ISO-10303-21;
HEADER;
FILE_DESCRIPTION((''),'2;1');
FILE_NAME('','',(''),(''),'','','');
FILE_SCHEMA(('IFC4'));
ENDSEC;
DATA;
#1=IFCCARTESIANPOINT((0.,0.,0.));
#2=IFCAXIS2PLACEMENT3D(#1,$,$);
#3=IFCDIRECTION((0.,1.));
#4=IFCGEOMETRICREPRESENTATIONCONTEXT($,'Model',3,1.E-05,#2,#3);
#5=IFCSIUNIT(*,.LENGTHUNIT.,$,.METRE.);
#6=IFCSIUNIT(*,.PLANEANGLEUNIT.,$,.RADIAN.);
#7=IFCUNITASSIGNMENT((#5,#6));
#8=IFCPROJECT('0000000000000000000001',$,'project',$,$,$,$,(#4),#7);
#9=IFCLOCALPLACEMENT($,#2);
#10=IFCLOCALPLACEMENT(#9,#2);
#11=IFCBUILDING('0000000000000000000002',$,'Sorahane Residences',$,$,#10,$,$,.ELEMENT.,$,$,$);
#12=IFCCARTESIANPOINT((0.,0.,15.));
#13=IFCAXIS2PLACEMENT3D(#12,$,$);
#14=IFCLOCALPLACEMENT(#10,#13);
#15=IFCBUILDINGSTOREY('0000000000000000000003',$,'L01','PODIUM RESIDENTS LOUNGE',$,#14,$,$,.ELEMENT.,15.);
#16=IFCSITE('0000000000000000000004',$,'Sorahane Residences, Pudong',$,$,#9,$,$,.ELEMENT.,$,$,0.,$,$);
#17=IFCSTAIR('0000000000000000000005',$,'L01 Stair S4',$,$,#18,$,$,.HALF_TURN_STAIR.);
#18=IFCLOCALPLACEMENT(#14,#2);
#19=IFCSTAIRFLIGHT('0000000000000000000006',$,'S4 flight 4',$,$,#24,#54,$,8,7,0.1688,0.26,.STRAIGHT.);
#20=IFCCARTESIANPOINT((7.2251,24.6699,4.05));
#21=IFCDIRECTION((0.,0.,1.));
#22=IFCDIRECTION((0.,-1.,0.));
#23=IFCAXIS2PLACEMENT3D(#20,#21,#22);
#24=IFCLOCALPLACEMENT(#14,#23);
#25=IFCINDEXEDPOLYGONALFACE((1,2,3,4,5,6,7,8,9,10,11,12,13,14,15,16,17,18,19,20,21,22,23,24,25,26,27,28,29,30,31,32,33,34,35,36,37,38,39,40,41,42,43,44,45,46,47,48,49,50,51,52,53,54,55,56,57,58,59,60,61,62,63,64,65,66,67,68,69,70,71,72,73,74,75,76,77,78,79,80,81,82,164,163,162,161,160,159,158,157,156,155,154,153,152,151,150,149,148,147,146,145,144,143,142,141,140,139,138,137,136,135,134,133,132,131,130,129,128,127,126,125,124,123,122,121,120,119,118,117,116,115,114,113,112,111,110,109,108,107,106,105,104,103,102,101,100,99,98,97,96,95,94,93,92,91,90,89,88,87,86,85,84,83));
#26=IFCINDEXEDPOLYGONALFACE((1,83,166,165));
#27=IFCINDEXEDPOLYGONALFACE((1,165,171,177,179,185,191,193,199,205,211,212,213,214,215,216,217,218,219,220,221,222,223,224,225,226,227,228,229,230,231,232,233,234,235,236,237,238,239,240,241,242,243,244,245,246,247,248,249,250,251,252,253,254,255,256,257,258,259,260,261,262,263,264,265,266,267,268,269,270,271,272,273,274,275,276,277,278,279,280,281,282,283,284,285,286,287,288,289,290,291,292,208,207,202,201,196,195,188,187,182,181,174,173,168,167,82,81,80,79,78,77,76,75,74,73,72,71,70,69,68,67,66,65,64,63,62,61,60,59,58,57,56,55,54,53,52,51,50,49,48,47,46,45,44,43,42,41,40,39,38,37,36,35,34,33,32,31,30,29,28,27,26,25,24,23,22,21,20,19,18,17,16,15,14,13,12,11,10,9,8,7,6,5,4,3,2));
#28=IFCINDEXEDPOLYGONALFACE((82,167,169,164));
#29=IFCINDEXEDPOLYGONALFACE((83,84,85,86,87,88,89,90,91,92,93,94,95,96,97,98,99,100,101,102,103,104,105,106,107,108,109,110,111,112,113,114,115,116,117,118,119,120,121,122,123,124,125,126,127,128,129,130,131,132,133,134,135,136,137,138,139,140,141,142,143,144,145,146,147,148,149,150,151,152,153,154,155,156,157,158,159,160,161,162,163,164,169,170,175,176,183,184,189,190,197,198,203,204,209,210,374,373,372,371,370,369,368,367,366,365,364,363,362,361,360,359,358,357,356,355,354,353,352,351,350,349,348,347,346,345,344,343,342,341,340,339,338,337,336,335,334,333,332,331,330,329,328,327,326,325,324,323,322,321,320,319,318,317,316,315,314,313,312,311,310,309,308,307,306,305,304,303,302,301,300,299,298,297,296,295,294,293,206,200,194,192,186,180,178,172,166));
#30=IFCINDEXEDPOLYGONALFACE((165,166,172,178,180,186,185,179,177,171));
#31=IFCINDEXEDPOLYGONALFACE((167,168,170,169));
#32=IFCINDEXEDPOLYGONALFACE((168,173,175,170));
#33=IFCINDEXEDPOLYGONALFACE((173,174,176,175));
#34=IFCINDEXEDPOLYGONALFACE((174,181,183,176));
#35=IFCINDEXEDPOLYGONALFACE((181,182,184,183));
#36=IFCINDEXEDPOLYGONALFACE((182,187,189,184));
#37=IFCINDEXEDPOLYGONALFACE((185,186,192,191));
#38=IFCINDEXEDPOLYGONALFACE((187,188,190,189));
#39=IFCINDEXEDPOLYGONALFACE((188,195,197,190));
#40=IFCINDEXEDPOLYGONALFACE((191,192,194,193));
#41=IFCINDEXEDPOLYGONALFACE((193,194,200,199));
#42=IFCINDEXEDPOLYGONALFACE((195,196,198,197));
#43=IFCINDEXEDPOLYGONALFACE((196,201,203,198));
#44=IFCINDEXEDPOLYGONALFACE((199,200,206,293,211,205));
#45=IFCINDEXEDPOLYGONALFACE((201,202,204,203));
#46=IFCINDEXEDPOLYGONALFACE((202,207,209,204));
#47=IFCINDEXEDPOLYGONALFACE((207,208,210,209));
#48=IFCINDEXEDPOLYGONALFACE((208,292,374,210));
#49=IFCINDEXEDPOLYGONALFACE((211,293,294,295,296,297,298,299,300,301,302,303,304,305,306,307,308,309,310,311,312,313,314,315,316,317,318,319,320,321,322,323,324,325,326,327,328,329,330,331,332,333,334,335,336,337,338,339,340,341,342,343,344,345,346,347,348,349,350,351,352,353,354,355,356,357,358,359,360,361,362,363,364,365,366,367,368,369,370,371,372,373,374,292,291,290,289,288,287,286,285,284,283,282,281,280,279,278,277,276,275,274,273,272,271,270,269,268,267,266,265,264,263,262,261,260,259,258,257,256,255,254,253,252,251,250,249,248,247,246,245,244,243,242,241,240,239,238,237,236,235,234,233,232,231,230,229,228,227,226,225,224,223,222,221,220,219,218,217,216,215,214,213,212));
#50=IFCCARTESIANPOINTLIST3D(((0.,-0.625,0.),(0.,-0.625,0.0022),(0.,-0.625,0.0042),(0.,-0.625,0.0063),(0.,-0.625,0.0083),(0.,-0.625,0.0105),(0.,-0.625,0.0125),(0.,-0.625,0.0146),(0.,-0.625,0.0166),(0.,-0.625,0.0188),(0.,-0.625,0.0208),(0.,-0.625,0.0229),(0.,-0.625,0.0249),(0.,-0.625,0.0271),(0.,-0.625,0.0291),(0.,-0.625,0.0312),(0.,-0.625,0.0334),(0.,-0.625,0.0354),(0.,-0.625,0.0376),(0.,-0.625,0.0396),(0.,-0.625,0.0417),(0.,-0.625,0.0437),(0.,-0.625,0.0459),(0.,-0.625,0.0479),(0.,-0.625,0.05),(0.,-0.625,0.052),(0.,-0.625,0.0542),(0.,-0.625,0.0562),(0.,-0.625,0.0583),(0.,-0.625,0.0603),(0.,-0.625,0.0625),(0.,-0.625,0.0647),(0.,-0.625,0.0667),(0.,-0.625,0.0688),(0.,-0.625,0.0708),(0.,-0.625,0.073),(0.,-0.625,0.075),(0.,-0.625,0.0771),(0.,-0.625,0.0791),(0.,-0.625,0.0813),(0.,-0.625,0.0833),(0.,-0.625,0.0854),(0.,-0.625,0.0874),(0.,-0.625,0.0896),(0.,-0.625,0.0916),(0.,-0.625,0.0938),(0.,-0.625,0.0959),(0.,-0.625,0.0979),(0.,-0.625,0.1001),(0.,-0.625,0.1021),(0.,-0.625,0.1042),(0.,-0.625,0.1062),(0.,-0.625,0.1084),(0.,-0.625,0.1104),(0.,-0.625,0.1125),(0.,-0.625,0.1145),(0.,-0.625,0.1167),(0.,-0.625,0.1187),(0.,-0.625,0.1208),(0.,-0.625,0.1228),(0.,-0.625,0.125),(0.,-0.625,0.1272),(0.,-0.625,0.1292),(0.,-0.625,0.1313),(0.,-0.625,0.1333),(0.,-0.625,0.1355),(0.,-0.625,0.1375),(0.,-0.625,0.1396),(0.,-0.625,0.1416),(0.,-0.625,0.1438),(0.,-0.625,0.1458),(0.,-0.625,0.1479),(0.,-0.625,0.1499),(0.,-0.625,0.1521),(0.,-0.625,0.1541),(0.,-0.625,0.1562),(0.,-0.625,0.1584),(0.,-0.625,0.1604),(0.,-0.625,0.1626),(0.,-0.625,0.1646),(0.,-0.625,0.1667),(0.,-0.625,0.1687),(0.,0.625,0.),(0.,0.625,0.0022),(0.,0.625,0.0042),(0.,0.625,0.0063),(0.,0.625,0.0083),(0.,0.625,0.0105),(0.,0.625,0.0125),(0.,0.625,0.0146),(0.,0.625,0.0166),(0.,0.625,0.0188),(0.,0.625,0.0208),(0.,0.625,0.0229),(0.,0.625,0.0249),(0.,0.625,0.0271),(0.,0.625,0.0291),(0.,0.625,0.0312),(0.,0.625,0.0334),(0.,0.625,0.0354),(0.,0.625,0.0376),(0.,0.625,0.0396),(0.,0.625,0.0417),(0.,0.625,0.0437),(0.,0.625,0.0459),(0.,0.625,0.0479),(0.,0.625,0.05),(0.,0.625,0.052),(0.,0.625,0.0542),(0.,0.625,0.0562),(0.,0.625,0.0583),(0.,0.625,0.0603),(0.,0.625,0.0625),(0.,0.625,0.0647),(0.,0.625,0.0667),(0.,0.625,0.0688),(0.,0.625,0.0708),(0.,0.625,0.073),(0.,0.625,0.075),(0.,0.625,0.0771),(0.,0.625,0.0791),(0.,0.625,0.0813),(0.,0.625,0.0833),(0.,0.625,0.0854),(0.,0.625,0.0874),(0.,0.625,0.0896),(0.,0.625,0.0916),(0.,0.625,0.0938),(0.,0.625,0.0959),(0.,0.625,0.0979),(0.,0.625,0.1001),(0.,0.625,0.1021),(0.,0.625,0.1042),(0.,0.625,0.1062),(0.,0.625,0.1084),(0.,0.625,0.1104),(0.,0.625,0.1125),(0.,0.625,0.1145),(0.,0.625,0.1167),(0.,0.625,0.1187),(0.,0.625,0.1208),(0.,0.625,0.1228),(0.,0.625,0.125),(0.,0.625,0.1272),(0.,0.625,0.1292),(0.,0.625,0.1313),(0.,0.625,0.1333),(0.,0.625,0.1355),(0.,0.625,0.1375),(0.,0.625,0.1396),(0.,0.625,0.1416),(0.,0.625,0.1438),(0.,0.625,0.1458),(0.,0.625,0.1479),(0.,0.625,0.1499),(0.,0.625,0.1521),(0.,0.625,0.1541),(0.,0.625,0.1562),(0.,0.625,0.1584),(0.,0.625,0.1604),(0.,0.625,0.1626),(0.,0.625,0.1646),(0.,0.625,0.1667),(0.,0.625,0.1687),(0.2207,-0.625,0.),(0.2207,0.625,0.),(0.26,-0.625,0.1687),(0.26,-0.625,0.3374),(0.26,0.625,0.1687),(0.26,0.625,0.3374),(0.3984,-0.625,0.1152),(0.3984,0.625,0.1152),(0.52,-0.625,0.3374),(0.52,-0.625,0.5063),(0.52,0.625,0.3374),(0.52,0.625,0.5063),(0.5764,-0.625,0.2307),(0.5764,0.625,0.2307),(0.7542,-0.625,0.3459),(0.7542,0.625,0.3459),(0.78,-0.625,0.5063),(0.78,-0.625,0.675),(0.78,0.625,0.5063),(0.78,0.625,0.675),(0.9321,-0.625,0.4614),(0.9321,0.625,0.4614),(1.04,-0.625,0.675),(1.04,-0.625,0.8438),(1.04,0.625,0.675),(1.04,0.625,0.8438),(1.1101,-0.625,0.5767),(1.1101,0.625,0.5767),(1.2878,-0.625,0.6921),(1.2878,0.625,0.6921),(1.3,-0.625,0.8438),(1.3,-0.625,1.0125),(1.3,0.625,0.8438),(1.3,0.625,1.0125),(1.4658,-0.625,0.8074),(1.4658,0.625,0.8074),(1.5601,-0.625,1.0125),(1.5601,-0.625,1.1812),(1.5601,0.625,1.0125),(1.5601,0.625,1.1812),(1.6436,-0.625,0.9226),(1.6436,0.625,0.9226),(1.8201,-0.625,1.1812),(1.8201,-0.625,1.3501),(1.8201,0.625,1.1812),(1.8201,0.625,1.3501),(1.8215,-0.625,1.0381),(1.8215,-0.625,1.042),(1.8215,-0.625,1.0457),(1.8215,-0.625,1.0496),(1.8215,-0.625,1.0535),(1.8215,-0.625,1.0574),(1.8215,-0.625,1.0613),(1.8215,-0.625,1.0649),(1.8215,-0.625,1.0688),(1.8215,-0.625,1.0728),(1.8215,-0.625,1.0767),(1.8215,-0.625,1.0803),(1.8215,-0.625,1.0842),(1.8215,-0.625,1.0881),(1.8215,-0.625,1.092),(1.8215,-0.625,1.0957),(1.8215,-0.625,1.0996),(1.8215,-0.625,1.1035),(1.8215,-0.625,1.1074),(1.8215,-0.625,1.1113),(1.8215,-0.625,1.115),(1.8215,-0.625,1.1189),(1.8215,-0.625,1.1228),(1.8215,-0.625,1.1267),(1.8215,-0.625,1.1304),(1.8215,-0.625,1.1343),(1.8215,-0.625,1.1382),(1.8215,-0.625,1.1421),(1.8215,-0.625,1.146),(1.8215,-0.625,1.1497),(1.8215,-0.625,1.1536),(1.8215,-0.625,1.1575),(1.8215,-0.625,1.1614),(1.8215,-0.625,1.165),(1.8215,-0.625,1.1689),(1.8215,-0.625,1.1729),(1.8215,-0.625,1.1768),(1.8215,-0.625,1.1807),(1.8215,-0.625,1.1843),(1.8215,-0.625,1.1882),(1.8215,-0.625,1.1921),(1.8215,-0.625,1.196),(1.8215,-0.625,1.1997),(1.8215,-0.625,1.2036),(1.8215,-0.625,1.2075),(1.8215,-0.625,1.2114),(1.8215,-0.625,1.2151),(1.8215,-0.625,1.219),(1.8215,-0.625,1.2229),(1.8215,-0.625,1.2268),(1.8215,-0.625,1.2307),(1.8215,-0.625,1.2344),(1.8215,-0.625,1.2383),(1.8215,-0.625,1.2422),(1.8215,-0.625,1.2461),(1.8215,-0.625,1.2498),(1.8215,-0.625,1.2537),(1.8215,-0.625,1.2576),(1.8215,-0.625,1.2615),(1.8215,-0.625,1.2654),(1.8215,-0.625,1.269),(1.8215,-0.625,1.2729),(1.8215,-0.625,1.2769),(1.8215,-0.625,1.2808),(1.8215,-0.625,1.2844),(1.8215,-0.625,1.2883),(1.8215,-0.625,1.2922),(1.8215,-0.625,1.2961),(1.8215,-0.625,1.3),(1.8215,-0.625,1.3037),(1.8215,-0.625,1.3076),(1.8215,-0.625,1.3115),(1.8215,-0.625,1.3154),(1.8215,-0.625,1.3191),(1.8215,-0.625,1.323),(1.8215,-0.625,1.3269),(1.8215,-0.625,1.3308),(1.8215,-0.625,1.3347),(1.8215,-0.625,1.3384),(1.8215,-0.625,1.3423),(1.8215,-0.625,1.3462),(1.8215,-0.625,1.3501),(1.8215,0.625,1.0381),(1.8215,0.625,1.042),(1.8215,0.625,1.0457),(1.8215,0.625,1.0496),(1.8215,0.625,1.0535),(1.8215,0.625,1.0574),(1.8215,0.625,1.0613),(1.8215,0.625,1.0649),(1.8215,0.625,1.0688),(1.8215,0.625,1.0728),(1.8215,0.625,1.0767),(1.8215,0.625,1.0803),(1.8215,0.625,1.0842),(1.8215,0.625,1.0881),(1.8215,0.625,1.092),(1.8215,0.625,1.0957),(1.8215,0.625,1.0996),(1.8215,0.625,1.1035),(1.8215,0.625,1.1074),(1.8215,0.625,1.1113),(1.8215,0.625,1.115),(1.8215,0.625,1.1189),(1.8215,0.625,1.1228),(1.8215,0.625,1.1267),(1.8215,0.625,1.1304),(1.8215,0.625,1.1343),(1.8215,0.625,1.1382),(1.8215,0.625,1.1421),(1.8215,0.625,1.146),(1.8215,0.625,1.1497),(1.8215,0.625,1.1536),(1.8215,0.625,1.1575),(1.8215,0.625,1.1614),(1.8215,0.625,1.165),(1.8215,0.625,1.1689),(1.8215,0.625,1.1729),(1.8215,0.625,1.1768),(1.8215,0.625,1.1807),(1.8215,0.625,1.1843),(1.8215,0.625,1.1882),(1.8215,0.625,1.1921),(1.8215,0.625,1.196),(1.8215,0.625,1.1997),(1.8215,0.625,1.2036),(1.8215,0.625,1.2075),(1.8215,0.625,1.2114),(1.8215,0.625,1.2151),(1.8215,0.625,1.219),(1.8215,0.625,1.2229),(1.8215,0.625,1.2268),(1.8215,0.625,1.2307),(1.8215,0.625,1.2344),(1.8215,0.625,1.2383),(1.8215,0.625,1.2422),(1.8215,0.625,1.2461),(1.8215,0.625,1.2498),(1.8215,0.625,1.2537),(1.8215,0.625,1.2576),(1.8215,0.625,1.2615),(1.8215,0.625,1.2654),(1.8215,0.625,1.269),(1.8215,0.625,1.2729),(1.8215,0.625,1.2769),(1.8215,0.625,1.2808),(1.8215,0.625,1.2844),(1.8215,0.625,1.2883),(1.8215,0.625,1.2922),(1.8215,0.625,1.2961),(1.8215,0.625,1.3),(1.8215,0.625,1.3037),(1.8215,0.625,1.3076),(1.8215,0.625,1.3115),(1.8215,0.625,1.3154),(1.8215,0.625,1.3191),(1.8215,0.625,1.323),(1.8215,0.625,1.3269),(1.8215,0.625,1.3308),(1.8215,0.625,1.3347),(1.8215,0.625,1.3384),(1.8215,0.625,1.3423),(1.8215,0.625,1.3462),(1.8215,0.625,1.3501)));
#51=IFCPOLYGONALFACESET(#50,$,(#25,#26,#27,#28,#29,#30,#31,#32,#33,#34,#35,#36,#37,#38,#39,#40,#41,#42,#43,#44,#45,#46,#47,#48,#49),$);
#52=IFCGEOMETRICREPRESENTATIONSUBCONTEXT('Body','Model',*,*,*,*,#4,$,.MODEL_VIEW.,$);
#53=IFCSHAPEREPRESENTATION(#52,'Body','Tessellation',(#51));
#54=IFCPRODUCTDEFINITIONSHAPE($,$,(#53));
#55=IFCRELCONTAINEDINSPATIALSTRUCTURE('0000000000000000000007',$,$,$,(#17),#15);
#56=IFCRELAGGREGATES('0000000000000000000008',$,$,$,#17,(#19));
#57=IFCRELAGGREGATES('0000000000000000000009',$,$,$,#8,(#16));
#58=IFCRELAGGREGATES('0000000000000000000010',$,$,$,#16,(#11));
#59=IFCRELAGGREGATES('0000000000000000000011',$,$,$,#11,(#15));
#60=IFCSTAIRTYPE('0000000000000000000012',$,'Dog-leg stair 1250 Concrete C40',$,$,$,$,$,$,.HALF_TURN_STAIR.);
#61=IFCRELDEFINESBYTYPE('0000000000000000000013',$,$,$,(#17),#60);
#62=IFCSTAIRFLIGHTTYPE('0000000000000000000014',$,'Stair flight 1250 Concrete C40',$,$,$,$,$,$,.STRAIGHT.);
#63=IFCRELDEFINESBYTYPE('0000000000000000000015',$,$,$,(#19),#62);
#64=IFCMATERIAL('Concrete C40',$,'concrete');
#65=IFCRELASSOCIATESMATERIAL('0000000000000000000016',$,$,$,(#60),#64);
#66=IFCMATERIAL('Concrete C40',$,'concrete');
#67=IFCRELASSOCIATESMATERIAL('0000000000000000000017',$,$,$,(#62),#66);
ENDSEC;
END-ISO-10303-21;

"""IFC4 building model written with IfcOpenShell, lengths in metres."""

from ifc_helpers import new_model, si_unit, direction, frame, origin, place, context, subcontext, project, spatial, polyline, outline, extrude, material, type_object, element, aggregate, save


model = new_model("IFC4")

# Units and contexts
model_context = context("Model", 3, precision=1e-05, world=origin(), true_north=direction((0.0, 1.0)))
body_context = subcontext(model_context, "Body", "Model", "MODEL_VIEW")
ifc_project = project(units=[si_unit("LENGTHUNIT", "METRE"), si_unit("PLANEANGLEUNIT", "RADIAN")], contexts=[model_context])

# Site, building, storey
site_placement = place(None, origin())
site = spatial("IfcSite", under=ifc_project, at=site_placement, Name="Sorahane Residences, Pudong", CompositionType="ELEMENT", RefElevation=0.0)
building_placement = place(site_placement, origin())
building = spatial("IfcBuilding", under=site, at=building_placement, Name="Sorahane Residences", CompositionType="ELEMENT")
storey_placement = place(building_placement, frame((0.0, 0.0, 15.0)))
storey = spatial("IfcBuildingStorey", under=building, at=storey_placement, Name="L01", Description="PODIUM RESIDENTS LOUNGE", CompositionType="ELEMENT", Elevation=15.0)

# Stair, stair flight
ifc_material_1 = material(Name="Concrete C40", Category="concrete")
stair_type = type_object("IfcStairType", Name="Dog-leg stair 1250 Concrete C40", PredefinedType="HALF_TURN_STAIR", material=ifc_material_1)
stair_placement = place(storey_placement, origin())
stair = element("IfcStair", 1, at=stair_placement, inside=storey, type_object=stair_type, Name="L01 Stair S4", PredefinedType="HALF_TURN_STAIR")
ifc_material_2 = material(Name="Concrete C40", Category="concrete")
stair_flight_type = type_object("IfcStairFlightType", Name="Stair flight 1250 Concrete C40", PredefinedType="STRAIGHT", material=ifc_material_2)
stair_flight_1_placement = place(storey_placement, frame((7.2251, 24.6699, 4.05), z_axis=(0.0, 0.0, 1.0), x_axis=(0.0, -1.0, 0.0)))
stair_flight_1 = element("IfcStairFlight", 2, at=stair_flight_1_placement, type_object=stair_flight_type, Name="S4 flight 4", NumberOfRisers=8, NumberOfTreads=7, PredefinedType="STRAIGHT", RiserHeight=0.1688, TreadLength=0.26, context=body_context, shape_type="SweptSolid", body=[
    extrude(outline(polyline([(0.0, 0.0), (0.0, 0.0022), (0.0, 0.0042), (0.0, 0.0063), (0.0, 0.0083), (0.0, 0.0105), (0.0, 0.0125), (0.0, 0.0146), (0.0, 0.0166), (0.0, 0.0188), (0.0, 0.0208), (0.0, 0.0229), (0.0, 0.0249), (0.0, 0.0271), (0.0, 0.0291), (0.0, 0.0312), (0.0, 0.0334), (0.0, 0.0354), (0.0, 0.0376), (0.0, 0.0396), (0.0, 0.0417), (0.0, 0.0437), (0.0, 0.0459), (0.0, 0.0479), (0.0, 0.05), (0.0, 0.052), (0.0, 0.0542), (0.0, 0.0562), (0.0, 0.0583), (0.0, 0.0603), (0.0, 0.0625), (0.0, 0.0647), (0.0, 0.0667), (0.0, 0.0688), (0.0, 0.0708), (0.0, 0.073), (0.0, 0.075), (0.0, 0.0771), (0.0, 0.0791), (0.0, 0.0813), (0.0, 0.0833), (0.0, 0.0854), (0.0, 0.0874), (0.0, 0.0896), (0.0, 0.0916), (0.0, 0.0938), (0.0, 0.0959), (0.0, 0.0979), (0.0, 0.1001), (0.0, 0.1021), (0.0, 0.1042), (0.0, 0.1062), (0.0, 0.1084), (0.0, 0.1104), (0.0, 0.1125), (0.0, 0.1145), (0.0, 0.1167), (0.0, 0.1187), (0.0, 0.1208), (0.0, 0.1228), (0.0, 0.125), (0.0, 0.1272), (0.0, 0.1292), (0.0, 0.1313), (0.0, 0.1333), (0.0, 0.1355), (0.0, 0.1375), (0.0, 0.1396), (0.0, 0.1416), (0.0, 0.1438), (0.0, 0.1458), (0.0, 0.1479), (0.0, 0.1499), (0.0, 0.1521), (0.0, 0.1541), (0.0, 0.1562), (0.0, 0.1584), (0.0, 0.1604), (0.0, 0.1626), (0.0, 0.1646), (0.0, 0.1667), (0.0, 0.1687), (0.26, 0.1687), (0.26, 0.3374), (0.52, 0.3374), (0.52, 0.5063), (0.78, 0.5063), (0.78, 0.675), (1.04, 0.675), (1.04, 0.8438), (1.3, 0.8438), (1.3, 1.0125), (1.5601, 1.0125), (1.5601, 1.1812), (1.8201, 1.1812), (1.8201, 1.3501), (1.8215, 1.3501), (1.8215, 1.3462), (1.8215, 1.3423), (1.8215, 1.3384), (1.8215, 1.3347), (1.8215, 1.3308), (1.8215, 1.3269), (1.8215, 1.323), (1.8215, 1.3191), (1.8215, 1.3154), (1.8215, 1.3115), (1.8215, 1.3076), (1.8215, 1.3037), (1.8215, 1.3), (1.8215, 1.2961), (1.8215, 1.2922), (1.8215, 1.2883), (1.8215, 1.2844), (1.8215, 1.2808), (1.8215, 1.2769), (1.8215, 1.2729), (1.8215, 1.269), (1.8215, 1.2654), (1.8215, 1.2615), (1.8215, 1.2576), (1.8215, 1.2537), (1.8215, 1.2498), (1.8215, 1.2461), (1.8215, 1.2422), (1.8215, 1.2383), (1.8215, 1.2344), (1.8215, 1.2307), (1.8215, 1.2268), (1.8215, 1.2229), (1.8215, 1.219), (1.8215, 1.2151), (1.8215, 1.2114), (1.8215, 1.2075), (1.8215, 1.2036), (1.8215, 1.1997), (1.8215, 1.196), (1.8215, 1.1921), (1.8215, 1.1882), (1.8215, 1.1843), (1.8215, 1.1807), (1.8215, 1.1768), (1.8215, 1.1729), (1.8215, 1.1689), (1.8215, 1.165), (1.8215, 1.1614), (1.8215, 1.1575), (1.8215, 1.1536), (1.8215, 1.1497), (1.8215, 1.146), (1.8215, 1.1421), (1.8215, 1.1382), (1.8215, 1.1343), (1.8215, 1.1304), (1.8215, 1.1267), (1.8215, 1.1228), (1.8215, 1.1189), (1.8215, 1.115), (1.8215, 1.1113), (1.8215, 1.1074), (1.8215, 1.1035), (1.8215, 1.0996), (1.8215, 1.0957), (1.8215, 1.092), (1.8215, 1.0881), (1.8215, 1.0842), (1.8215, 1.0803), (1.8215, 1.0767), (1.8215, 1.0728), (1.8215, 1.0688), (1.8215, 1.0649), (1.8215, 1.0613), (1.8215, 1.0574), (1.8215, 1.0535), (1.8215, 1.0496), (1.8215, 1.0457), (1.8215, 1.042), (1.8215, 1.0381), (1.6436, 0.9226), (1.4658, 0.8074), (1.2878, 0.6921), (1.1101, 0.5767), (0.9321, 0.4614), (0.7542, 0.3459), (0.5764, 0.2307), (0.3984, 0.1152), (0.2207, 0.0), (0.0, 0.0)])), frame((0.0, 0.625, 0.0), z_axis=(0.0, -1.0, 0.0), x_axis=(1.0, 0.0, 0.0)), (0.0, 0.0, 1.0), 1.25),
])
aggregate(stair, [stair_flight_1])

save(model, "model.ifc")
